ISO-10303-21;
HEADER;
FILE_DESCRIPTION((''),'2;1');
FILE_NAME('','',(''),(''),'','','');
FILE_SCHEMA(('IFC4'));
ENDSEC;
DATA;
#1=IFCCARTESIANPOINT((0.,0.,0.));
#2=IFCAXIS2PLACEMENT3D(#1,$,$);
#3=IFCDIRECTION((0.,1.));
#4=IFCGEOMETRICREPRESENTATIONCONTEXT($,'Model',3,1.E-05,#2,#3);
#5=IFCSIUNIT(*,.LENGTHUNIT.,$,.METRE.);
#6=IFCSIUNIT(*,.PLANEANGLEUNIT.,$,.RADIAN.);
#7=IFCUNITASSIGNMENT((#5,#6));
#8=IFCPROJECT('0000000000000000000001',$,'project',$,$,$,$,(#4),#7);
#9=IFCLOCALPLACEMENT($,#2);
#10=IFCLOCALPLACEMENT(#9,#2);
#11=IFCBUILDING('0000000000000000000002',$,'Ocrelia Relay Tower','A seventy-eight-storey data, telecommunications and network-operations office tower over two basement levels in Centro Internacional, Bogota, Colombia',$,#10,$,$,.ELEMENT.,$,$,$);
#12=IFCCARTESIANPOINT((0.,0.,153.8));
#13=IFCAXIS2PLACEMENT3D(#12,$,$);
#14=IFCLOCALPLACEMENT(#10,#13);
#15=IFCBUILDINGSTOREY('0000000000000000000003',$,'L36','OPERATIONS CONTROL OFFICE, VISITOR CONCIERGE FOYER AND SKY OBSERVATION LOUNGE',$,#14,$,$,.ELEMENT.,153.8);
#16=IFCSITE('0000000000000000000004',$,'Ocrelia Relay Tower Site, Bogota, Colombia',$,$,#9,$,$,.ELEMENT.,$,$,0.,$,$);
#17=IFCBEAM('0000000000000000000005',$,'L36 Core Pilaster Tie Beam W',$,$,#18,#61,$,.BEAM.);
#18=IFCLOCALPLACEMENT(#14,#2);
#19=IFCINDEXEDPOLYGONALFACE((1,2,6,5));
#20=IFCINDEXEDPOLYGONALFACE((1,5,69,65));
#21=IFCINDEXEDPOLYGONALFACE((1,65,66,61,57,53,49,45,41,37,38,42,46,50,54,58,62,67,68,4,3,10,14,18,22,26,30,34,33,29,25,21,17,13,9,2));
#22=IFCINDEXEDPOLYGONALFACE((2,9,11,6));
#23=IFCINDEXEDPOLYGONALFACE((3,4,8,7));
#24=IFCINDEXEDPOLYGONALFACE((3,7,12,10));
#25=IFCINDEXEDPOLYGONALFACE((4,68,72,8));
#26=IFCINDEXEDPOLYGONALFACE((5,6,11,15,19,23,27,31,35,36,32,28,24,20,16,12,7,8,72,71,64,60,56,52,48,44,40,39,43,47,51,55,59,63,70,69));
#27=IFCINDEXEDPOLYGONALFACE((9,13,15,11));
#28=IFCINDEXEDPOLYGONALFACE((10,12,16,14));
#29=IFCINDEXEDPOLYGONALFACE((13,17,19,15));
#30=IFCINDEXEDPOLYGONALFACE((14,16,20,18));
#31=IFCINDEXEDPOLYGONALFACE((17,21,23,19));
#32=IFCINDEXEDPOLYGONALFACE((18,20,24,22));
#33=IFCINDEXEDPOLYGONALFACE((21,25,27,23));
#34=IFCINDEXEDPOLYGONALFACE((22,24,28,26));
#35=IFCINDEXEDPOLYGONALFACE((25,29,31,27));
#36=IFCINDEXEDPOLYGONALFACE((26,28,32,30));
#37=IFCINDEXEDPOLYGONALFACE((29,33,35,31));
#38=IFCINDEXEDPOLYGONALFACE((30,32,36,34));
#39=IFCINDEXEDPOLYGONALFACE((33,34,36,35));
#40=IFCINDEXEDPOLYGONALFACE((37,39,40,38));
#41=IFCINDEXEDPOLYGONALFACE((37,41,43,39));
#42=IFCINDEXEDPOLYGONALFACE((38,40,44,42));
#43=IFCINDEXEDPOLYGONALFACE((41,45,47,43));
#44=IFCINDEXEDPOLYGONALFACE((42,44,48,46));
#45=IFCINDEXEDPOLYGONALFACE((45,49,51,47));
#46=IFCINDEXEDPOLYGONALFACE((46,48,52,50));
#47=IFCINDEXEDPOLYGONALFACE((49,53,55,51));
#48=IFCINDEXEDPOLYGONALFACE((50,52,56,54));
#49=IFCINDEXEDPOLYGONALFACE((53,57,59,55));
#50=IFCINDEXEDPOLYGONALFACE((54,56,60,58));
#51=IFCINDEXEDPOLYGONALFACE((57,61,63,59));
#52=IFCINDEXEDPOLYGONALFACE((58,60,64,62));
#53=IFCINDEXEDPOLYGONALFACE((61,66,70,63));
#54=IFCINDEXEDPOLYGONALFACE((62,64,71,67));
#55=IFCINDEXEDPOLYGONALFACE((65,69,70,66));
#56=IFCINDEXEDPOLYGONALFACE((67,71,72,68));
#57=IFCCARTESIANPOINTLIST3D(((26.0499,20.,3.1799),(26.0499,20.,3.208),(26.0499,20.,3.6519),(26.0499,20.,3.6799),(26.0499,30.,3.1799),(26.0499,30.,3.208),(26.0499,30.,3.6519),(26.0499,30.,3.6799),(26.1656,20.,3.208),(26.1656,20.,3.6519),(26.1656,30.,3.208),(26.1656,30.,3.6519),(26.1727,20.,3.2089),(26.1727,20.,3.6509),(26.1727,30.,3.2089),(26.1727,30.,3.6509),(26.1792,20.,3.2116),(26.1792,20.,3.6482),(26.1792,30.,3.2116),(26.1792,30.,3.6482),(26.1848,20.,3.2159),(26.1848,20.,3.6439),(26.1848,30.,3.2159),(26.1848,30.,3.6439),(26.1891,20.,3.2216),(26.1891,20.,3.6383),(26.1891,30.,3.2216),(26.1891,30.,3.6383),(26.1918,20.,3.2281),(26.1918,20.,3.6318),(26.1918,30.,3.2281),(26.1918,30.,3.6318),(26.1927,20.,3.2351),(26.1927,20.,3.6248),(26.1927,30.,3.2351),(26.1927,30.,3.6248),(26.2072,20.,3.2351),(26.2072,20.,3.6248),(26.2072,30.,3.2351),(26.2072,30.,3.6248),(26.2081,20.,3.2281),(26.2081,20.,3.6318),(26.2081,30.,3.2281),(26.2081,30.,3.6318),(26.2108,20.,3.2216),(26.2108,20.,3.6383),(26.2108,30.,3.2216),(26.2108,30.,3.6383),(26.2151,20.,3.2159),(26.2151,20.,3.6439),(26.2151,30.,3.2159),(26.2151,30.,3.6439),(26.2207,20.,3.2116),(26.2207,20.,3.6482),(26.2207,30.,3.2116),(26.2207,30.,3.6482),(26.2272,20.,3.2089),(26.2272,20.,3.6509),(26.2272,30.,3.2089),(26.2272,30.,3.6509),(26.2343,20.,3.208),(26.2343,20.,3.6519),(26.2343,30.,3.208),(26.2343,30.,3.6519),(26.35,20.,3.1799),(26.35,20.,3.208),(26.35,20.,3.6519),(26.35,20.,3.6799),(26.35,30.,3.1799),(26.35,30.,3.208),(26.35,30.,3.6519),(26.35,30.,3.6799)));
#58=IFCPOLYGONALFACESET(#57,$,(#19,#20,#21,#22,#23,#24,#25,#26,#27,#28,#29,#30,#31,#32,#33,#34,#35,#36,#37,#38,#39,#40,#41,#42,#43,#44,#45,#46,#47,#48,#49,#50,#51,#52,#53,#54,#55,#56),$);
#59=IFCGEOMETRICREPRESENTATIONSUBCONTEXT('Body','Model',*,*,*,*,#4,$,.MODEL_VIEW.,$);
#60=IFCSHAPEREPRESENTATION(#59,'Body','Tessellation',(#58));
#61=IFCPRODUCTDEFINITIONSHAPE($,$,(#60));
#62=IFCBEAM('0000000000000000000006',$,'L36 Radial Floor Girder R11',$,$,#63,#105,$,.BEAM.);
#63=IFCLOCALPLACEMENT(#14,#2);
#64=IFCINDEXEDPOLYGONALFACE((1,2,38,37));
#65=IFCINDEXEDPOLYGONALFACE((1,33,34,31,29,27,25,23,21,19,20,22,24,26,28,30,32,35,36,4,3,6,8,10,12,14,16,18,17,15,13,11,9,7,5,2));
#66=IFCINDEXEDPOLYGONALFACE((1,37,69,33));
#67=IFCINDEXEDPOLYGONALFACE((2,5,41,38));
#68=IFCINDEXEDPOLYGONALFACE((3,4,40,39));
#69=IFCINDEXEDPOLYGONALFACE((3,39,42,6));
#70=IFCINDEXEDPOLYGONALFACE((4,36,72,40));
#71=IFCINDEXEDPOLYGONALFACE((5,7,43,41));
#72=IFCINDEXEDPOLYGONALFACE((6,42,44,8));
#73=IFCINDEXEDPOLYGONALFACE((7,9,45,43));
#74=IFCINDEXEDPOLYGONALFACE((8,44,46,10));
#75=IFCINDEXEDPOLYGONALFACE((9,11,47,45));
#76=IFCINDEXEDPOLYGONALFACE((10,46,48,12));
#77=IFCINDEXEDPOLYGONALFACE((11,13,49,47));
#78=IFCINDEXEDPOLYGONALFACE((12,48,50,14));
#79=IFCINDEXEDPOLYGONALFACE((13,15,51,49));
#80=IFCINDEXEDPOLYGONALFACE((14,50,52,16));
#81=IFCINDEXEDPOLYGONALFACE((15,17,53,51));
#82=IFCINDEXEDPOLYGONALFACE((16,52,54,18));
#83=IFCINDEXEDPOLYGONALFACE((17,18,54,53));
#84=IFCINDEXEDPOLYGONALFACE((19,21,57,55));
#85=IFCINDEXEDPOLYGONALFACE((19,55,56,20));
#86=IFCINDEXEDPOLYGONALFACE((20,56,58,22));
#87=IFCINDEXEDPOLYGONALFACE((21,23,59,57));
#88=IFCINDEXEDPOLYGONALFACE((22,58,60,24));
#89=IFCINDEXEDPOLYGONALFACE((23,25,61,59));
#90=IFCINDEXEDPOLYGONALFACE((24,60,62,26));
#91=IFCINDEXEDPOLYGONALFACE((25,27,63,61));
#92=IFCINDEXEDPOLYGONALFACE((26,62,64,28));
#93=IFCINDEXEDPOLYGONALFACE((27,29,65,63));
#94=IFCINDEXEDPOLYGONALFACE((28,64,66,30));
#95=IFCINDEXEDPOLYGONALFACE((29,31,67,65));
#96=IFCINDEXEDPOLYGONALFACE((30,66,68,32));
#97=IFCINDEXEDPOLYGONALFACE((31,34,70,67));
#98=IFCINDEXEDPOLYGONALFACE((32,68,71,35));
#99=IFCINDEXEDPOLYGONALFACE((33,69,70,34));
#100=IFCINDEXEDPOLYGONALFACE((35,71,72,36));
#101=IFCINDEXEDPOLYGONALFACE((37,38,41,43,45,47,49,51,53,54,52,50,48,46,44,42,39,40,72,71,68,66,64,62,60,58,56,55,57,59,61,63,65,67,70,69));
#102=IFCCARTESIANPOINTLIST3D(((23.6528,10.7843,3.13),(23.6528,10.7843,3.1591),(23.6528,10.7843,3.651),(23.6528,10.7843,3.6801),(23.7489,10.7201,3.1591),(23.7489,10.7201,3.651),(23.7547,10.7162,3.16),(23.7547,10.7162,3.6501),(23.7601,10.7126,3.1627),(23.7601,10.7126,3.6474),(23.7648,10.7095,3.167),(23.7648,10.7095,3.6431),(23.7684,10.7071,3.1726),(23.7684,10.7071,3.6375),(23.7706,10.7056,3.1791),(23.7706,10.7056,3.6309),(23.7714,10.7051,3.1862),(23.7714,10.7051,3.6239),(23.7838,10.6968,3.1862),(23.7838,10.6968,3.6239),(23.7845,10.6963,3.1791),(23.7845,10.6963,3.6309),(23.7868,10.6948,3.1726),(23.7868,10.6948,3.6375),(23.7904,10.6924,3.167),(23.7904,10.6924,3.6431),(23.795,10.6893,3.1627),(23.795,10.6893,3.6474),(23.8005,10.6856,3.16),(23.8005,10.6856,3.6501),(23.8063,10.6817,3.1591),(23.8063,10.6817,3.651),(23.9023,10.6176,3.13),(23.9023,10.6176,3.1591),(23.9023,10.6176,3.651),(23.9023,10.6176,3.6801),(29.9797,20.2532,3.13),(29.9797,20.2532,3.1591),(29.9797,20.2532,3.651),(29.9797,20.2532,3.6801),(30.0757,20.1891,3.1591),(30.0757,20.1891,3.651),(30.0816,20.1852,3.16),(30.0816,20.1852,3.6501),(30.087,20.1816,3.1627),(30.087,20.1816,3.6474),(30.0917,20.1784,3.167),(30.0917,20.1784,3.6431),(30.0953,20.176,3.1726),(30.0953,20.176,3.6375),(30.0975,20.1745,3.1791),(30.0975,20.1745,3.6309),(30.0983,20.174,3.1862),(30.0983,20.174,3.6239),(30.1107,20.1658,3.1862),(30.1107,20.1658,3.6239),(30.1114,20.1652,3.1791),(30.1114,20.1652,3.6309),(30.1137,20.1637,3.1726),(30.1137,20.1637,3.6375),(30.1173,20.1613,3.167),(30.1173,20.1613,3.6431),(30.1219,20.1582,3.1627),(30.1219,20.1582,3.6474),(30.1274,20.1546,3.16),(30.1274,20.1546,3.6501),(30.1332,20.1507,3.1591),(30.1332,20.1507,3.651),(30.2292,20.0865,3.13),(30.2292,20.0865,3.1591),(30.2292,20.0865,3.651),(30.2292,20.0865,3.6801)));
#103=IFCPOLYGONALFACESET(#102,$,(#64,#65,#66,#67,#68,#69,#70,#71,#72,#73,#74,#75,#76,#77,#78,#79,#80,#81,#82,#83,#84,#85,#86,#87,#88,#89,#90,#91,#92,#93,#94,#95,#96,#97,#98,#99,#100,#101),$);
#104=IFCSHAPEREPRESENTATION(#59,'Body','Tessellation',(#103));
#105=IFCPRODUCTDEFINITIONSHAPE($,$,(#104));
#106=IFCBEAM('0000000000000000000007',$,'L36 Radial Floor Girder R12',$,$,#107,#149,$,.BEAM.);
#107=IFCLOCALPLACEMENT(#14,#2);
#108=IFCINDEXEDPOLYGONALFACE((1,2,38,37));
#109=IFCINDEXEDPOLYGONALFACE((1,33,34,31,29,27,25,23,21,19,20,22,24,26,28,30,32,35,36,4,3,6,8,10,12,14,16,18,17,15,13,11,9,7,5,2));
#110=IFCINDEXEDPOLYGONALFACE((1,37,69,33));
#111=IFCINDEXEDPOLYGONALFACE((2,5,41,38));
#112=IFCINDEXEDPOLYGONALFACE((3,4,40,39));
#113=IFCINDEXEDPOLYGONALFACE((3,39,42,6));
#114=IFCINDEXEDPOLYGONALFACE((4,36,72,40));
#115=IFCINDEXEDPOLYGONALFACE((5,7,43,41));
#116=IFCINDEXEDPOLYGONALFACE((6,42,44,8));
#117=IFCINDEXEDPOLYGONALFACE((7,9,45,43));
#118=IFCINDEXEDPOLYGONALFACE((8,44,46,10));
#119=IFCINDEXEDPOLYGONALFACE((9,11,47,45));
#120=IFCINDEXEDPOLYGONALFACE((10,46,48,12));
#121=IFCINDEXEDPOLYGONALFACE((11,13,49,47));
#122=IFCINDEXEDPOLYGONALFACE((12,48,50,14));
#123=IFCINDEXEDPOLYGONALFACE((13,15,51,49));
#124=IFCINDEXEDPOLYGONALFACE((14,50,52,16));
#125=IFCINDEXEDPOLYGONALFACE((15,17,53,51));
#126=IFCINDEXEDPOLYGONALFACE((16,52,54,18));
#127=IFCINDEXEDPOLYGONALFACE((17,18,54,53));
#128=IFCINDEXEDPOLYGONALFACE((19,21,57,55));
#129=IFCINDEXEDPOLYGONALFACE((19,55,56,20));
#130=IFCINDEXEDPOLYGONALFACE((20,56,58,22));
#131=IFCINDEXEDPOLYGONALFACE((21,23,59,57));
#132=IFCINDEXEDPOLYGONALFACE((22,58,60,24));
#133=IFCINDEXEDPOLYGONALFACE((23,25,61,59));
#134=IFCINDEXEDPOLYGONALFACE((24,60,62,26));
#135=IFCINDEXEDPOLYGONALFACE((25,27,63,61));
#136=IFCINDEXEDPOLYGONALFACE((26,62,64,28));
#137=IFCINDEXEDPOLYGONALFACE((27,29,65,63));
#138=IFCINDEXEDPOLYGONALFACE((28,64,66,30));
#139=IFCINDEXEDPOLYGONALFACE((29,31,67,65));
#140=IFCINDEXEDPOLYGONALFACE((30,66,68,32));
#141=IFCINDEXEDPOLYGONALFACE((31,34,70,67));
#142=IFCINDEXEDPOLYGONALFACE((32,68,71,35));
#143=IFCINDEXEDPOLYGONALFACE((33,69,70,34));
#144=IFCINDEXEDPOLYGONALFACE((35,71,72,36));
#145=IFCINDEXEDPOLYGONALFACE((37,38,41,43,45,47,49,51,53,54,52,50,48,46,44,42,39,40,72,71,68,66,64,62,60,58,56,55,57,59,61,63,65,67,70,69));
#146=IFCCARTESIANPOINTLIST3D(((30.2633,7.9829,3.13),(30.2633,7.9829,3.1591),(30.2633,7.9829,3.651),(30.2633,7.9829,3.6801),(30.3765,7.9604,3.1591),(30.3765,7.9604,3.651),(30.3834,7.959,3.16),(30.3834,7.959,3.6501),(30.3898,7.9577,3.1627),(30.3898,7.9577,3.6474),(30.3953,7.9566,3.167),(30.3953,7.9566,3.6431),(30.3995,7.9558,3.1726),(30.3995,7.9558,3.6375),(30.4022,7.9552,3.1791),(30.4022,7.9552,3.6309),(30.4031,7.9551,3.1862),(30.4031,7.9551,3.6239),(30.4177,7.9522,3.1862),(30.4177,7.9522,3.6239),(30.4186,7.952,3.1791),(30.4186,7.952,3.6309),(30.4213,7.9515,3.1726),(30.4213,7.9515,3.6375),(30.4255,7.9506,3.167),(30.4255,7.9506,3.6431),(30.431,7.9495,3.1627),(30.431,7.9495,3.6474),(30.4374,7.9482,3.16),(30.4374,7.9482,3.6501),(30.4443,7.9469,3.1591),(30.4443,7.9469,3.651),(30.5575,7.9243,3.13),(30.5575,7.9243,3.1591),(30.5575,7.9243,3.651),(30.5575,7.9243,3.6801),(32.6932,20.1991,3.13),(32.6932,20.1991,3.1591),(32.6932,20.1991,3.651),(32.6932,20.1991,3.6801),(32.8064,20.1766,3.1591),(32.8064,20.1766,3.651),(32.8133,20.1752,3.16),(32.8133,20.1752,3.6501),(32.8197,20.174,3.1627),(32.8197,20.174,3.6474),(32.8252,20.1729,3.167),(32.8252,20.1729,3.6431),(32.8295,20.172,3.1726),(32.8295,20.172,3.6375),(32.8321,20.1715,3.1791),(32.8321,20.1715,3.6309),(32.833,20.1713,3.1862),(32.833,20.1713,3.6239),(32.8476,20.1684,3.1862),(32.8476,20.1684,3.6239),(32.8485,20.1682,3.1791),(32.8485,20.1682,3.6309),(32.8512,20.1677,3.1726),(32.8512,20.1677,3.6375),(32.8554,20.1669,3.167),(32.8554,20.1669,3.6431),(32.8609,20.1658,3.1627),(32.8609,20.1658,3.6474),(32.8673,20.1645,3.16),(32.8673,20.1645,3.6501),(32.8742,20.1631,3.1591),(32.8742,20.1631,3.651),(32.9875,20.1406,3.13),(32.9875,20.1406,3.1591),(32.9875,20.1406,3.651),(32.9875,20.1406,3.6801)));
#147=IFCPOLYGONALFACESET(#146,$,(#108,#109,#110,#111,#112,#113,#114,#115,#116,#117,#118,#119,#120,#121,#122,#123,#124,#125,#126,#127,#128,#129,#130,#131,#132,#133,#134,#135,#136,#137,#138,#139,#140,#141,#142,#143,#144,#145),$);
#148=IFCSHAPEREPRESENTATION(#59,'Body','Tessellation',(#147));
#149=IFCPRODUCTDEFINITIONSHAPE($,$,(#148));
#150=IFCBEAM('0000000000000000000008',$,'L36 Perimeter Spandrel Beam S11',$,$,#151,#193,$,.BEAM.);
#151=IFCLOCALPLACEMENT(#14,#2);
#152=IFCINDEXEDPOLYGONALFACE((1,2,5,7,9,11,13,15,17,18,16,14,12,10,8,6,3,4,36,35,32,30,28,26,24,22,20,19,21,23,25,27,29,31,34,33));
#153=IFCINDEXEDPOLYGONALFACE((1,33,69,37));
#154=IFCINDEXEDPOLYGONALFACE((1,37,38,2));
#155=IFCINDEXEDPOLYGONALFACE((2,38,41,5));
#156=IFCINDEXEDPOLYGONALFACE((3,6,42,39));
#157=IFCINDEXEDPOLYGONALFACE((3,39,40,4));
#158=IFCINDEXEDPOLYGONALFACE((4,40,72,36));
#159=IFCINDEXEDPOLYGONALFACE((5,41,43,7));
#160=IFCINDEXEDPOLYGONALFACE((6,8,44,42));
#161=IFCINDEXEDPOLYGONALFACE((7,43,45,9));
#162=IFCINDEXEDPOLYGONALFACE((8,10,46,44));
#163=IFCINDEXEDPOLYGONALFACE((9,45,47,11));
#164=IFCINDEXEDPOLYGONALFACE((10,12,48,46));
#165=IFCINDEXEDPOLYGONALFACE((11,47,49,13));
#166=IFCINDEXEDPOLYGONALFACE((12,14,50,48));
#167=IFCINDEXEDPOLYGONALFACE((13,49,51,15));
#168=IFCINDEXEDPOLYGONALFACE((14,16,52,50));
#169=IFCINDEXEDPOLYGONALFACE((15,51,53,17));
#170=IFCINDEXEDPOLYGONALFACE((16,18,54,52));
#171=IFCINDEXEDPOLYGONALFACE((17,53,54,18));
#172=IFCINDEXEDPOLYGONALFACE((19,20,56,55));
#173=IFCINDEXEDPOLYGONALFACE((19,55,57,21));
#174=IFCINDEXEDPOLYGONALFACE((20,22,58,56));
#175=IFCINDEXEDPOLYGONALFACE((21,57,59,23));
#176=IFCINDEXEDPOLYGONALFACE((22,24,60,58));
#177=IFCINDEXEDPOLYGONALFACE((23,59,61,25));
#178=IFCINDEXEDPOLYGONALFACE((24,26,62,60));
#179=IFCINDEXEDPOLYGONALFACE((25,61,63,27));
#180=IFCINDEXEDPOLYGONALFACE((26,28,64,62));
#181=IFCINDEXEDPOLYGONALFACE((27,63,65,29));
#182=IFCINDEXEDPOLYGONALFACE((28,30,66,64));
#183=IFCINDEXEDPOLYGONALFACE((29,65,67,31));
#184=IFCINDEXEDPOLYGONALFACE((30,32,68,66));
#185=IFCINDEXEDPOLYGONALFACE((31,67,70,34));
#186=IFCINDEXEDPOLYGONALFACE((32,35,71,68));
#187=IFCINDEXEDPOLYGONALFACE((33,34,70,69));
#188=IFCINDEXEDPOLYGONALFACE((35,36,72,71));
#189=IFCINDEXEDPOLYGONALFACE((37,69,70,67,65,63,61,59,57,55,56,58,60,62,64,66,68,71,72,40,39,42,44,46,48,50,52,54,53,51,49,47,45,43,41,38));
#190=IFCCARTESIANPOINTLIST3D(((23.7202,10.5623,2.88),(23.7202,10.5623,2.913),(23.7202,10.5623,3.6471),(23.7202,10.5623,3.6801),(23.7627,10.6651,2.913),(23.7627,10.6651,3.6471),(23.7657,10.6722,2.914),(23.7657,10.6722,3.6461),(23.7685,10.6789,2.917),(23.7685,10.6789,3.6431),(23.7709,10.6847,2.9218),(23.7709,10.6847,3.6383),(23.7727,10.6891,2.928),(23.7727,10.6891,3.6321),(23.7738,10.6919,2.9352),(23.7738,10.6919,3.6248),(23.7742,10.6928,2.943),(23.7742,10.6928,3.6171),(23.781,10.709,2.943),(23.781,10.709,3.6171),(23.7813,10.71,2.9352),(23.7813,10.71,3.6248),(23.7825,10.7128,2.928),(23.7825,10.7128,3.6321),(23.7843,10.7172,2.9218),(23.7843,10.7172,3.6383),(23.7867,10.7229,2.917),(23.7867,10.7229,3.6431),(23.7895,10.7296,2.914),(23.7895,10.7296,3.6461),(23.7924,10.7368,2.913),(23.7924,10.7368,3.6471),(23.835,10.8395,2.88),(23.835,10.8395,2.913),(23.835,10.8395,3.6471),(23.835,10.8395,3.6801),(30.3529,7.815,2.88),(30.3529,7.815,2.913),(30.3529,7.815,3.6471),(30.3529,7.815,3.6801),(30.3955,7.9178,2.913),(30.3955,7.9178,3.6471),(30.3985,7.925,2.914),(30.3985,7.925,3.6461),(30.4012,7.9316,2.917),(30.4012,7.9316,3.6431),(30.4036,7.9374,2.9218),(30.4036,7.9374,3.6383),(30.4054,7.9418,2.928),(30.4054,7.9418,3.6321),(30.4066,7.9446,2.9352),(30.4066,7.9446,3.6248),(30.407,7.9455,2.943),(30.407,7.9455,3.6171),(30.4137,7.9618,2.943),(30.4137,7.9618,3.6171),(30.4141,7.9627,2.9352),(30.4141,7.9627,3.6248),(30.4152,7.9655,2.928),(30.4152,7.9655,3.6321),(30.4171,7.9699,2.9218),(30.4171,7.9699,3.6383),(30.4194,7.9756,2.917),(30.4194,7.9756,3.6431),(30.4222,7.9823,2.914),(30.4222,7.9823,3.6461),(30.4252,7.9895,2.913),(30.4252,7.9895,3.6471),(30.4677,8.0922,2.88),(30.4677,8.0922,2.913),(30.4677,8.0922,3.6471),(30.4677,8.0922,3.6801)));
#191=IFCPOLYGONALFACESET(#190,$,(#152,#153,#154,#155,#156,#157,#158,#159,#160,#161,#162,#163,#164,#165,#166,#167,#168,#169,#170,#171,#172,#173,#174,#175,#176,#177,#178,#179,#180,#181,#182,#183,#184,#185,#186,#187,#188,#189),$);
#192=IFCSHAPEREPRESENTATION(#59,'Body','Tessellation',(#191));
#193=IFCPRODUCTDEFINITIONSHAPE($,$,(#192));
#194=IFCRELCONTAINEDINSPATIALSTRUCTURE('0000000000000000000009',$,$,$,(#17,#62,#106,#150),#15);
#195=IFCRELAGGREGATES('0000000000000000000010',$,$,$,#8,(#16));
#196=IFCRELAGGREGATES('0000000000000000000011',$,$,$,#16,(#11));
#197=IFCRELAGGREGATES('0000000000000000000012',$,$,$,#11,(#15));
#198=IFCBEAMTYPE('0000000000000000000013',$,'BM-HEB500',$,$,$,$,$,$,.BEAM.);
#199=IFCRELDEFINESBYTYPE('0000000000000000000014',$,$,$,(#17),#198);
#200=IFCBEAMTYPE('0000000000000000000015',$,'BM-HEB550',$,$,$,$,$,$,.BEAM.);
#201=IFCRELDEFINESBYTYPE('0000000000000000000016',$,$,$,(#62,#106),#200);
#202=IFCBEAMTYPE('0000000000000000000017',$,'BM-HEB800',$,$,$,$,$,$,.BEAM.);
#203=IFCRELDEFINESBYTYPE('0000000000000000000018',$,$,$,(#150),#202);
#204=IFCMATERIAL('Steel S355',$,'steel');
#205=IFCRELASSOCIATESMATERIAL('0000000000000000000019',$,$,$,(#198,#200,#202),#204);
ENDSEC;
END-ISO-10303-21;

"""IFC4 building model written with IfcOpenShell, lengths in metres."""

from ifc_helpers import new_model, si_unit, direction, frame, origin, origin_2d, place, context, subcontext, project, spatial, i_section, extrude, material, material_profile, profile_set, type_object, element, save


model = new_model("IFC4")

# Units and contexts
model_context = context("Model", 3, precision=1e-05, world=origin(), true_north=direction((0.0, 1.0)))
body_context = subcontext(model_context, "Body", "Model", "MODEL_VIEW")
ifc_project = project(units=[si_unit("LENGTHUNIT", "METRE"), si_unit("PLANEANGLEUNIT", "RADIAN")], contexts=[model_context])

# Site, building, storey
site_placement = place(None, origin())
site = spatial("IfcSite", under=ifc_project, at=site_placement, Name="Ocrelia Relay Tower Site, Bogota, Colombia", CompositionType="ELEMENT", RefElevation=0.0)
building_placement = place(site_placement, origin())
building = spatial("IfcBuilding", under=site, at=building_placement, Name="Ocrelia Relay Tower", Description="A seventy-eight-storey data, telecommunications and network-operations office tower over two basement levels in Centro Internacional, Bogota, Colombia", CompositionType="ELEMENT")
storey_placement = place(building_placement, frame((0.0, 0.0, 153.8)))
storey = spatial("IfcBuildingStorey", under=building, at=storey_placement, Name="L36", Description="OPERATIONS CONTROL OFFICE, VISITOR CONCIERGE FOYER AND SKY OBSERVATION LOUNGE", CompositionType="ELEMENT", Elevation=153.8)

# Beams
ifc_material_1 = material(Name="Steel S355", Category="steel")
ifc_material_profile_1 = material_profile(ifc_material_1, i_section(OverallWidth=0.3, OverallDepth=0.5, WebThickness=0.0144, FlangeThickness=0.0281, FilletRadius=0.0271, at=origin_2d()), Name="HEB 500")
ifc_profile_set_1 = profile_set([ifc_material_profile_1], Name="Steel S355")
beam_type_1 = type_object("IfcBeamType", Name="BM-HEB500", PredefinedType="BEAM", material=ifc_profile_set_1)
beam_1_placement = place(storey_placement, frame((26.2, 20.0, 3.4299), z_axis=(0.0, 1.0, 0.0), x_axis=(-1.0, 0.0, 0.0)))
element("IfcBeam", 1, at=beam_1_placement, inside=storey, type_object=beam_type_1, Name="L36 Core Pilaster Tie Beam W", PredefinedType="BEAM", context=body_context, shape_type="SweptSolid", body=[
    extrude(i_section(OverallWidth=0.3, OverallDepth=0.5, WebThickness=0.0144, FlangeThickness=0.0281, FilletRadius=0.0271, at=origin_2d()), origin(), (0.0, 0.0, 1.0), 10.0),
])
ifc_material_profile_2 = material_profile(ifc_material_1, i_section(OverallWidth=0.3, OverallDepth=0.55, WebThickness=0.0149, FlangeThickness=0.0291, FilletRadius=0.0271, at=origin_2d()), Name="HEB 550")
ifc_profile_set_2 = profile_set([ifc_material_profile_2], Name="Steel S355")
beam_type_2 = type_object("IfcBeamType", Name="BM-HEB550", PredefinedType="BEAM", material=ifc_profile_set_2)
beam_2_placement = place(storey_placement, frame((23.7776, 10.7009, 3.405), z_axis=(0.555566, 0.831473, 0.0), x_axis=(-0.831473, 0.555566, 0.0)))
element("IfcBeam", 2, at=beam_2_placement, inside=storey, type_object=beam_type_2, Name="L36 Radial Floor Girder R11", PredefinedType="BEAM", context=body_context, shape_type="SweptSolid", body=[
    extrude(i_section(OverallWidth=0.3, OverallDepth=0.55, WebThickness=0.0149, FlangeThickness=0.0291, FilletRadius=0.0271, at=origin_2d()), origin(), (0.0, 0.0, 1.0), 11.3882),
])
beam_3_placement = place(storey_placement, frame((30.4104, 7.9536, 3.405), z_axis=(0.195087, 0.980786, 0.0), x_axis=(-0.980786, 0.195087, 0.0)))
element("IfcBeam", 3, at=beam_3_placement, inside=storey, type_object=beam_type_2, Name="L36 Radial Floor Girder R12", PredefinedType="BEAM", context=body_context, shape_type="SweptSolid", body=[
    extrude(i_section(OverallWidth=0.3, OverallDepth=0.55, WebThickness=0.0149, FlangeThickness=0.0291, FilletRadius=0.0271, at=origin_2d()), origin(), (0.0, 0.0, 1.0), 12.4556),
])
ifc_material_profile_3 = material_profile(ifc_material_1, i_section(OverallWidth=0.3, OverallDepth=0.8, WebThickness=0.0176, FlangeThickness=0.033, FilletRadius=0.03, at=origin_2d()), Name="HEB 800")
ifc_profile_set_3 = profile_set([ifc_material_profile_3], Name="Steel S355")
beam_type_3 = type_object("IfcBeamType", Name="BM-HEB800", PredefinedType="BEAM", material=ifc_profile_set_3)
for number, where, z_axis, x_axis, name in (
    (4, (23.7776, 10.7009, 3.28), (0.923884, -0.382673, 0.0), (0.382673, 0.923884, 0.0), "L36 Perimeter Spandrel Beam S11"),
):
    element("IfcBeam", number, at=place(storey_placement, frame(where, z_axis=z_axis, x_axis=x_axis)), inside=storey, type_object=beam_type_3, Name=name, PredefinedType="BEAM", context=body_context, shape_type="SweptSolid", body=[
        extrude(i_section(OverallWidth=0.3, OverallDepth=0.8, WebThickness=0.0176, FlangeThickness=0.033, FilletRadius=0.03, at=origin_2d()), origin(), (0.0, 0.0, 1.0), 7.1792),
    ])

save(model, "model.ifc")
